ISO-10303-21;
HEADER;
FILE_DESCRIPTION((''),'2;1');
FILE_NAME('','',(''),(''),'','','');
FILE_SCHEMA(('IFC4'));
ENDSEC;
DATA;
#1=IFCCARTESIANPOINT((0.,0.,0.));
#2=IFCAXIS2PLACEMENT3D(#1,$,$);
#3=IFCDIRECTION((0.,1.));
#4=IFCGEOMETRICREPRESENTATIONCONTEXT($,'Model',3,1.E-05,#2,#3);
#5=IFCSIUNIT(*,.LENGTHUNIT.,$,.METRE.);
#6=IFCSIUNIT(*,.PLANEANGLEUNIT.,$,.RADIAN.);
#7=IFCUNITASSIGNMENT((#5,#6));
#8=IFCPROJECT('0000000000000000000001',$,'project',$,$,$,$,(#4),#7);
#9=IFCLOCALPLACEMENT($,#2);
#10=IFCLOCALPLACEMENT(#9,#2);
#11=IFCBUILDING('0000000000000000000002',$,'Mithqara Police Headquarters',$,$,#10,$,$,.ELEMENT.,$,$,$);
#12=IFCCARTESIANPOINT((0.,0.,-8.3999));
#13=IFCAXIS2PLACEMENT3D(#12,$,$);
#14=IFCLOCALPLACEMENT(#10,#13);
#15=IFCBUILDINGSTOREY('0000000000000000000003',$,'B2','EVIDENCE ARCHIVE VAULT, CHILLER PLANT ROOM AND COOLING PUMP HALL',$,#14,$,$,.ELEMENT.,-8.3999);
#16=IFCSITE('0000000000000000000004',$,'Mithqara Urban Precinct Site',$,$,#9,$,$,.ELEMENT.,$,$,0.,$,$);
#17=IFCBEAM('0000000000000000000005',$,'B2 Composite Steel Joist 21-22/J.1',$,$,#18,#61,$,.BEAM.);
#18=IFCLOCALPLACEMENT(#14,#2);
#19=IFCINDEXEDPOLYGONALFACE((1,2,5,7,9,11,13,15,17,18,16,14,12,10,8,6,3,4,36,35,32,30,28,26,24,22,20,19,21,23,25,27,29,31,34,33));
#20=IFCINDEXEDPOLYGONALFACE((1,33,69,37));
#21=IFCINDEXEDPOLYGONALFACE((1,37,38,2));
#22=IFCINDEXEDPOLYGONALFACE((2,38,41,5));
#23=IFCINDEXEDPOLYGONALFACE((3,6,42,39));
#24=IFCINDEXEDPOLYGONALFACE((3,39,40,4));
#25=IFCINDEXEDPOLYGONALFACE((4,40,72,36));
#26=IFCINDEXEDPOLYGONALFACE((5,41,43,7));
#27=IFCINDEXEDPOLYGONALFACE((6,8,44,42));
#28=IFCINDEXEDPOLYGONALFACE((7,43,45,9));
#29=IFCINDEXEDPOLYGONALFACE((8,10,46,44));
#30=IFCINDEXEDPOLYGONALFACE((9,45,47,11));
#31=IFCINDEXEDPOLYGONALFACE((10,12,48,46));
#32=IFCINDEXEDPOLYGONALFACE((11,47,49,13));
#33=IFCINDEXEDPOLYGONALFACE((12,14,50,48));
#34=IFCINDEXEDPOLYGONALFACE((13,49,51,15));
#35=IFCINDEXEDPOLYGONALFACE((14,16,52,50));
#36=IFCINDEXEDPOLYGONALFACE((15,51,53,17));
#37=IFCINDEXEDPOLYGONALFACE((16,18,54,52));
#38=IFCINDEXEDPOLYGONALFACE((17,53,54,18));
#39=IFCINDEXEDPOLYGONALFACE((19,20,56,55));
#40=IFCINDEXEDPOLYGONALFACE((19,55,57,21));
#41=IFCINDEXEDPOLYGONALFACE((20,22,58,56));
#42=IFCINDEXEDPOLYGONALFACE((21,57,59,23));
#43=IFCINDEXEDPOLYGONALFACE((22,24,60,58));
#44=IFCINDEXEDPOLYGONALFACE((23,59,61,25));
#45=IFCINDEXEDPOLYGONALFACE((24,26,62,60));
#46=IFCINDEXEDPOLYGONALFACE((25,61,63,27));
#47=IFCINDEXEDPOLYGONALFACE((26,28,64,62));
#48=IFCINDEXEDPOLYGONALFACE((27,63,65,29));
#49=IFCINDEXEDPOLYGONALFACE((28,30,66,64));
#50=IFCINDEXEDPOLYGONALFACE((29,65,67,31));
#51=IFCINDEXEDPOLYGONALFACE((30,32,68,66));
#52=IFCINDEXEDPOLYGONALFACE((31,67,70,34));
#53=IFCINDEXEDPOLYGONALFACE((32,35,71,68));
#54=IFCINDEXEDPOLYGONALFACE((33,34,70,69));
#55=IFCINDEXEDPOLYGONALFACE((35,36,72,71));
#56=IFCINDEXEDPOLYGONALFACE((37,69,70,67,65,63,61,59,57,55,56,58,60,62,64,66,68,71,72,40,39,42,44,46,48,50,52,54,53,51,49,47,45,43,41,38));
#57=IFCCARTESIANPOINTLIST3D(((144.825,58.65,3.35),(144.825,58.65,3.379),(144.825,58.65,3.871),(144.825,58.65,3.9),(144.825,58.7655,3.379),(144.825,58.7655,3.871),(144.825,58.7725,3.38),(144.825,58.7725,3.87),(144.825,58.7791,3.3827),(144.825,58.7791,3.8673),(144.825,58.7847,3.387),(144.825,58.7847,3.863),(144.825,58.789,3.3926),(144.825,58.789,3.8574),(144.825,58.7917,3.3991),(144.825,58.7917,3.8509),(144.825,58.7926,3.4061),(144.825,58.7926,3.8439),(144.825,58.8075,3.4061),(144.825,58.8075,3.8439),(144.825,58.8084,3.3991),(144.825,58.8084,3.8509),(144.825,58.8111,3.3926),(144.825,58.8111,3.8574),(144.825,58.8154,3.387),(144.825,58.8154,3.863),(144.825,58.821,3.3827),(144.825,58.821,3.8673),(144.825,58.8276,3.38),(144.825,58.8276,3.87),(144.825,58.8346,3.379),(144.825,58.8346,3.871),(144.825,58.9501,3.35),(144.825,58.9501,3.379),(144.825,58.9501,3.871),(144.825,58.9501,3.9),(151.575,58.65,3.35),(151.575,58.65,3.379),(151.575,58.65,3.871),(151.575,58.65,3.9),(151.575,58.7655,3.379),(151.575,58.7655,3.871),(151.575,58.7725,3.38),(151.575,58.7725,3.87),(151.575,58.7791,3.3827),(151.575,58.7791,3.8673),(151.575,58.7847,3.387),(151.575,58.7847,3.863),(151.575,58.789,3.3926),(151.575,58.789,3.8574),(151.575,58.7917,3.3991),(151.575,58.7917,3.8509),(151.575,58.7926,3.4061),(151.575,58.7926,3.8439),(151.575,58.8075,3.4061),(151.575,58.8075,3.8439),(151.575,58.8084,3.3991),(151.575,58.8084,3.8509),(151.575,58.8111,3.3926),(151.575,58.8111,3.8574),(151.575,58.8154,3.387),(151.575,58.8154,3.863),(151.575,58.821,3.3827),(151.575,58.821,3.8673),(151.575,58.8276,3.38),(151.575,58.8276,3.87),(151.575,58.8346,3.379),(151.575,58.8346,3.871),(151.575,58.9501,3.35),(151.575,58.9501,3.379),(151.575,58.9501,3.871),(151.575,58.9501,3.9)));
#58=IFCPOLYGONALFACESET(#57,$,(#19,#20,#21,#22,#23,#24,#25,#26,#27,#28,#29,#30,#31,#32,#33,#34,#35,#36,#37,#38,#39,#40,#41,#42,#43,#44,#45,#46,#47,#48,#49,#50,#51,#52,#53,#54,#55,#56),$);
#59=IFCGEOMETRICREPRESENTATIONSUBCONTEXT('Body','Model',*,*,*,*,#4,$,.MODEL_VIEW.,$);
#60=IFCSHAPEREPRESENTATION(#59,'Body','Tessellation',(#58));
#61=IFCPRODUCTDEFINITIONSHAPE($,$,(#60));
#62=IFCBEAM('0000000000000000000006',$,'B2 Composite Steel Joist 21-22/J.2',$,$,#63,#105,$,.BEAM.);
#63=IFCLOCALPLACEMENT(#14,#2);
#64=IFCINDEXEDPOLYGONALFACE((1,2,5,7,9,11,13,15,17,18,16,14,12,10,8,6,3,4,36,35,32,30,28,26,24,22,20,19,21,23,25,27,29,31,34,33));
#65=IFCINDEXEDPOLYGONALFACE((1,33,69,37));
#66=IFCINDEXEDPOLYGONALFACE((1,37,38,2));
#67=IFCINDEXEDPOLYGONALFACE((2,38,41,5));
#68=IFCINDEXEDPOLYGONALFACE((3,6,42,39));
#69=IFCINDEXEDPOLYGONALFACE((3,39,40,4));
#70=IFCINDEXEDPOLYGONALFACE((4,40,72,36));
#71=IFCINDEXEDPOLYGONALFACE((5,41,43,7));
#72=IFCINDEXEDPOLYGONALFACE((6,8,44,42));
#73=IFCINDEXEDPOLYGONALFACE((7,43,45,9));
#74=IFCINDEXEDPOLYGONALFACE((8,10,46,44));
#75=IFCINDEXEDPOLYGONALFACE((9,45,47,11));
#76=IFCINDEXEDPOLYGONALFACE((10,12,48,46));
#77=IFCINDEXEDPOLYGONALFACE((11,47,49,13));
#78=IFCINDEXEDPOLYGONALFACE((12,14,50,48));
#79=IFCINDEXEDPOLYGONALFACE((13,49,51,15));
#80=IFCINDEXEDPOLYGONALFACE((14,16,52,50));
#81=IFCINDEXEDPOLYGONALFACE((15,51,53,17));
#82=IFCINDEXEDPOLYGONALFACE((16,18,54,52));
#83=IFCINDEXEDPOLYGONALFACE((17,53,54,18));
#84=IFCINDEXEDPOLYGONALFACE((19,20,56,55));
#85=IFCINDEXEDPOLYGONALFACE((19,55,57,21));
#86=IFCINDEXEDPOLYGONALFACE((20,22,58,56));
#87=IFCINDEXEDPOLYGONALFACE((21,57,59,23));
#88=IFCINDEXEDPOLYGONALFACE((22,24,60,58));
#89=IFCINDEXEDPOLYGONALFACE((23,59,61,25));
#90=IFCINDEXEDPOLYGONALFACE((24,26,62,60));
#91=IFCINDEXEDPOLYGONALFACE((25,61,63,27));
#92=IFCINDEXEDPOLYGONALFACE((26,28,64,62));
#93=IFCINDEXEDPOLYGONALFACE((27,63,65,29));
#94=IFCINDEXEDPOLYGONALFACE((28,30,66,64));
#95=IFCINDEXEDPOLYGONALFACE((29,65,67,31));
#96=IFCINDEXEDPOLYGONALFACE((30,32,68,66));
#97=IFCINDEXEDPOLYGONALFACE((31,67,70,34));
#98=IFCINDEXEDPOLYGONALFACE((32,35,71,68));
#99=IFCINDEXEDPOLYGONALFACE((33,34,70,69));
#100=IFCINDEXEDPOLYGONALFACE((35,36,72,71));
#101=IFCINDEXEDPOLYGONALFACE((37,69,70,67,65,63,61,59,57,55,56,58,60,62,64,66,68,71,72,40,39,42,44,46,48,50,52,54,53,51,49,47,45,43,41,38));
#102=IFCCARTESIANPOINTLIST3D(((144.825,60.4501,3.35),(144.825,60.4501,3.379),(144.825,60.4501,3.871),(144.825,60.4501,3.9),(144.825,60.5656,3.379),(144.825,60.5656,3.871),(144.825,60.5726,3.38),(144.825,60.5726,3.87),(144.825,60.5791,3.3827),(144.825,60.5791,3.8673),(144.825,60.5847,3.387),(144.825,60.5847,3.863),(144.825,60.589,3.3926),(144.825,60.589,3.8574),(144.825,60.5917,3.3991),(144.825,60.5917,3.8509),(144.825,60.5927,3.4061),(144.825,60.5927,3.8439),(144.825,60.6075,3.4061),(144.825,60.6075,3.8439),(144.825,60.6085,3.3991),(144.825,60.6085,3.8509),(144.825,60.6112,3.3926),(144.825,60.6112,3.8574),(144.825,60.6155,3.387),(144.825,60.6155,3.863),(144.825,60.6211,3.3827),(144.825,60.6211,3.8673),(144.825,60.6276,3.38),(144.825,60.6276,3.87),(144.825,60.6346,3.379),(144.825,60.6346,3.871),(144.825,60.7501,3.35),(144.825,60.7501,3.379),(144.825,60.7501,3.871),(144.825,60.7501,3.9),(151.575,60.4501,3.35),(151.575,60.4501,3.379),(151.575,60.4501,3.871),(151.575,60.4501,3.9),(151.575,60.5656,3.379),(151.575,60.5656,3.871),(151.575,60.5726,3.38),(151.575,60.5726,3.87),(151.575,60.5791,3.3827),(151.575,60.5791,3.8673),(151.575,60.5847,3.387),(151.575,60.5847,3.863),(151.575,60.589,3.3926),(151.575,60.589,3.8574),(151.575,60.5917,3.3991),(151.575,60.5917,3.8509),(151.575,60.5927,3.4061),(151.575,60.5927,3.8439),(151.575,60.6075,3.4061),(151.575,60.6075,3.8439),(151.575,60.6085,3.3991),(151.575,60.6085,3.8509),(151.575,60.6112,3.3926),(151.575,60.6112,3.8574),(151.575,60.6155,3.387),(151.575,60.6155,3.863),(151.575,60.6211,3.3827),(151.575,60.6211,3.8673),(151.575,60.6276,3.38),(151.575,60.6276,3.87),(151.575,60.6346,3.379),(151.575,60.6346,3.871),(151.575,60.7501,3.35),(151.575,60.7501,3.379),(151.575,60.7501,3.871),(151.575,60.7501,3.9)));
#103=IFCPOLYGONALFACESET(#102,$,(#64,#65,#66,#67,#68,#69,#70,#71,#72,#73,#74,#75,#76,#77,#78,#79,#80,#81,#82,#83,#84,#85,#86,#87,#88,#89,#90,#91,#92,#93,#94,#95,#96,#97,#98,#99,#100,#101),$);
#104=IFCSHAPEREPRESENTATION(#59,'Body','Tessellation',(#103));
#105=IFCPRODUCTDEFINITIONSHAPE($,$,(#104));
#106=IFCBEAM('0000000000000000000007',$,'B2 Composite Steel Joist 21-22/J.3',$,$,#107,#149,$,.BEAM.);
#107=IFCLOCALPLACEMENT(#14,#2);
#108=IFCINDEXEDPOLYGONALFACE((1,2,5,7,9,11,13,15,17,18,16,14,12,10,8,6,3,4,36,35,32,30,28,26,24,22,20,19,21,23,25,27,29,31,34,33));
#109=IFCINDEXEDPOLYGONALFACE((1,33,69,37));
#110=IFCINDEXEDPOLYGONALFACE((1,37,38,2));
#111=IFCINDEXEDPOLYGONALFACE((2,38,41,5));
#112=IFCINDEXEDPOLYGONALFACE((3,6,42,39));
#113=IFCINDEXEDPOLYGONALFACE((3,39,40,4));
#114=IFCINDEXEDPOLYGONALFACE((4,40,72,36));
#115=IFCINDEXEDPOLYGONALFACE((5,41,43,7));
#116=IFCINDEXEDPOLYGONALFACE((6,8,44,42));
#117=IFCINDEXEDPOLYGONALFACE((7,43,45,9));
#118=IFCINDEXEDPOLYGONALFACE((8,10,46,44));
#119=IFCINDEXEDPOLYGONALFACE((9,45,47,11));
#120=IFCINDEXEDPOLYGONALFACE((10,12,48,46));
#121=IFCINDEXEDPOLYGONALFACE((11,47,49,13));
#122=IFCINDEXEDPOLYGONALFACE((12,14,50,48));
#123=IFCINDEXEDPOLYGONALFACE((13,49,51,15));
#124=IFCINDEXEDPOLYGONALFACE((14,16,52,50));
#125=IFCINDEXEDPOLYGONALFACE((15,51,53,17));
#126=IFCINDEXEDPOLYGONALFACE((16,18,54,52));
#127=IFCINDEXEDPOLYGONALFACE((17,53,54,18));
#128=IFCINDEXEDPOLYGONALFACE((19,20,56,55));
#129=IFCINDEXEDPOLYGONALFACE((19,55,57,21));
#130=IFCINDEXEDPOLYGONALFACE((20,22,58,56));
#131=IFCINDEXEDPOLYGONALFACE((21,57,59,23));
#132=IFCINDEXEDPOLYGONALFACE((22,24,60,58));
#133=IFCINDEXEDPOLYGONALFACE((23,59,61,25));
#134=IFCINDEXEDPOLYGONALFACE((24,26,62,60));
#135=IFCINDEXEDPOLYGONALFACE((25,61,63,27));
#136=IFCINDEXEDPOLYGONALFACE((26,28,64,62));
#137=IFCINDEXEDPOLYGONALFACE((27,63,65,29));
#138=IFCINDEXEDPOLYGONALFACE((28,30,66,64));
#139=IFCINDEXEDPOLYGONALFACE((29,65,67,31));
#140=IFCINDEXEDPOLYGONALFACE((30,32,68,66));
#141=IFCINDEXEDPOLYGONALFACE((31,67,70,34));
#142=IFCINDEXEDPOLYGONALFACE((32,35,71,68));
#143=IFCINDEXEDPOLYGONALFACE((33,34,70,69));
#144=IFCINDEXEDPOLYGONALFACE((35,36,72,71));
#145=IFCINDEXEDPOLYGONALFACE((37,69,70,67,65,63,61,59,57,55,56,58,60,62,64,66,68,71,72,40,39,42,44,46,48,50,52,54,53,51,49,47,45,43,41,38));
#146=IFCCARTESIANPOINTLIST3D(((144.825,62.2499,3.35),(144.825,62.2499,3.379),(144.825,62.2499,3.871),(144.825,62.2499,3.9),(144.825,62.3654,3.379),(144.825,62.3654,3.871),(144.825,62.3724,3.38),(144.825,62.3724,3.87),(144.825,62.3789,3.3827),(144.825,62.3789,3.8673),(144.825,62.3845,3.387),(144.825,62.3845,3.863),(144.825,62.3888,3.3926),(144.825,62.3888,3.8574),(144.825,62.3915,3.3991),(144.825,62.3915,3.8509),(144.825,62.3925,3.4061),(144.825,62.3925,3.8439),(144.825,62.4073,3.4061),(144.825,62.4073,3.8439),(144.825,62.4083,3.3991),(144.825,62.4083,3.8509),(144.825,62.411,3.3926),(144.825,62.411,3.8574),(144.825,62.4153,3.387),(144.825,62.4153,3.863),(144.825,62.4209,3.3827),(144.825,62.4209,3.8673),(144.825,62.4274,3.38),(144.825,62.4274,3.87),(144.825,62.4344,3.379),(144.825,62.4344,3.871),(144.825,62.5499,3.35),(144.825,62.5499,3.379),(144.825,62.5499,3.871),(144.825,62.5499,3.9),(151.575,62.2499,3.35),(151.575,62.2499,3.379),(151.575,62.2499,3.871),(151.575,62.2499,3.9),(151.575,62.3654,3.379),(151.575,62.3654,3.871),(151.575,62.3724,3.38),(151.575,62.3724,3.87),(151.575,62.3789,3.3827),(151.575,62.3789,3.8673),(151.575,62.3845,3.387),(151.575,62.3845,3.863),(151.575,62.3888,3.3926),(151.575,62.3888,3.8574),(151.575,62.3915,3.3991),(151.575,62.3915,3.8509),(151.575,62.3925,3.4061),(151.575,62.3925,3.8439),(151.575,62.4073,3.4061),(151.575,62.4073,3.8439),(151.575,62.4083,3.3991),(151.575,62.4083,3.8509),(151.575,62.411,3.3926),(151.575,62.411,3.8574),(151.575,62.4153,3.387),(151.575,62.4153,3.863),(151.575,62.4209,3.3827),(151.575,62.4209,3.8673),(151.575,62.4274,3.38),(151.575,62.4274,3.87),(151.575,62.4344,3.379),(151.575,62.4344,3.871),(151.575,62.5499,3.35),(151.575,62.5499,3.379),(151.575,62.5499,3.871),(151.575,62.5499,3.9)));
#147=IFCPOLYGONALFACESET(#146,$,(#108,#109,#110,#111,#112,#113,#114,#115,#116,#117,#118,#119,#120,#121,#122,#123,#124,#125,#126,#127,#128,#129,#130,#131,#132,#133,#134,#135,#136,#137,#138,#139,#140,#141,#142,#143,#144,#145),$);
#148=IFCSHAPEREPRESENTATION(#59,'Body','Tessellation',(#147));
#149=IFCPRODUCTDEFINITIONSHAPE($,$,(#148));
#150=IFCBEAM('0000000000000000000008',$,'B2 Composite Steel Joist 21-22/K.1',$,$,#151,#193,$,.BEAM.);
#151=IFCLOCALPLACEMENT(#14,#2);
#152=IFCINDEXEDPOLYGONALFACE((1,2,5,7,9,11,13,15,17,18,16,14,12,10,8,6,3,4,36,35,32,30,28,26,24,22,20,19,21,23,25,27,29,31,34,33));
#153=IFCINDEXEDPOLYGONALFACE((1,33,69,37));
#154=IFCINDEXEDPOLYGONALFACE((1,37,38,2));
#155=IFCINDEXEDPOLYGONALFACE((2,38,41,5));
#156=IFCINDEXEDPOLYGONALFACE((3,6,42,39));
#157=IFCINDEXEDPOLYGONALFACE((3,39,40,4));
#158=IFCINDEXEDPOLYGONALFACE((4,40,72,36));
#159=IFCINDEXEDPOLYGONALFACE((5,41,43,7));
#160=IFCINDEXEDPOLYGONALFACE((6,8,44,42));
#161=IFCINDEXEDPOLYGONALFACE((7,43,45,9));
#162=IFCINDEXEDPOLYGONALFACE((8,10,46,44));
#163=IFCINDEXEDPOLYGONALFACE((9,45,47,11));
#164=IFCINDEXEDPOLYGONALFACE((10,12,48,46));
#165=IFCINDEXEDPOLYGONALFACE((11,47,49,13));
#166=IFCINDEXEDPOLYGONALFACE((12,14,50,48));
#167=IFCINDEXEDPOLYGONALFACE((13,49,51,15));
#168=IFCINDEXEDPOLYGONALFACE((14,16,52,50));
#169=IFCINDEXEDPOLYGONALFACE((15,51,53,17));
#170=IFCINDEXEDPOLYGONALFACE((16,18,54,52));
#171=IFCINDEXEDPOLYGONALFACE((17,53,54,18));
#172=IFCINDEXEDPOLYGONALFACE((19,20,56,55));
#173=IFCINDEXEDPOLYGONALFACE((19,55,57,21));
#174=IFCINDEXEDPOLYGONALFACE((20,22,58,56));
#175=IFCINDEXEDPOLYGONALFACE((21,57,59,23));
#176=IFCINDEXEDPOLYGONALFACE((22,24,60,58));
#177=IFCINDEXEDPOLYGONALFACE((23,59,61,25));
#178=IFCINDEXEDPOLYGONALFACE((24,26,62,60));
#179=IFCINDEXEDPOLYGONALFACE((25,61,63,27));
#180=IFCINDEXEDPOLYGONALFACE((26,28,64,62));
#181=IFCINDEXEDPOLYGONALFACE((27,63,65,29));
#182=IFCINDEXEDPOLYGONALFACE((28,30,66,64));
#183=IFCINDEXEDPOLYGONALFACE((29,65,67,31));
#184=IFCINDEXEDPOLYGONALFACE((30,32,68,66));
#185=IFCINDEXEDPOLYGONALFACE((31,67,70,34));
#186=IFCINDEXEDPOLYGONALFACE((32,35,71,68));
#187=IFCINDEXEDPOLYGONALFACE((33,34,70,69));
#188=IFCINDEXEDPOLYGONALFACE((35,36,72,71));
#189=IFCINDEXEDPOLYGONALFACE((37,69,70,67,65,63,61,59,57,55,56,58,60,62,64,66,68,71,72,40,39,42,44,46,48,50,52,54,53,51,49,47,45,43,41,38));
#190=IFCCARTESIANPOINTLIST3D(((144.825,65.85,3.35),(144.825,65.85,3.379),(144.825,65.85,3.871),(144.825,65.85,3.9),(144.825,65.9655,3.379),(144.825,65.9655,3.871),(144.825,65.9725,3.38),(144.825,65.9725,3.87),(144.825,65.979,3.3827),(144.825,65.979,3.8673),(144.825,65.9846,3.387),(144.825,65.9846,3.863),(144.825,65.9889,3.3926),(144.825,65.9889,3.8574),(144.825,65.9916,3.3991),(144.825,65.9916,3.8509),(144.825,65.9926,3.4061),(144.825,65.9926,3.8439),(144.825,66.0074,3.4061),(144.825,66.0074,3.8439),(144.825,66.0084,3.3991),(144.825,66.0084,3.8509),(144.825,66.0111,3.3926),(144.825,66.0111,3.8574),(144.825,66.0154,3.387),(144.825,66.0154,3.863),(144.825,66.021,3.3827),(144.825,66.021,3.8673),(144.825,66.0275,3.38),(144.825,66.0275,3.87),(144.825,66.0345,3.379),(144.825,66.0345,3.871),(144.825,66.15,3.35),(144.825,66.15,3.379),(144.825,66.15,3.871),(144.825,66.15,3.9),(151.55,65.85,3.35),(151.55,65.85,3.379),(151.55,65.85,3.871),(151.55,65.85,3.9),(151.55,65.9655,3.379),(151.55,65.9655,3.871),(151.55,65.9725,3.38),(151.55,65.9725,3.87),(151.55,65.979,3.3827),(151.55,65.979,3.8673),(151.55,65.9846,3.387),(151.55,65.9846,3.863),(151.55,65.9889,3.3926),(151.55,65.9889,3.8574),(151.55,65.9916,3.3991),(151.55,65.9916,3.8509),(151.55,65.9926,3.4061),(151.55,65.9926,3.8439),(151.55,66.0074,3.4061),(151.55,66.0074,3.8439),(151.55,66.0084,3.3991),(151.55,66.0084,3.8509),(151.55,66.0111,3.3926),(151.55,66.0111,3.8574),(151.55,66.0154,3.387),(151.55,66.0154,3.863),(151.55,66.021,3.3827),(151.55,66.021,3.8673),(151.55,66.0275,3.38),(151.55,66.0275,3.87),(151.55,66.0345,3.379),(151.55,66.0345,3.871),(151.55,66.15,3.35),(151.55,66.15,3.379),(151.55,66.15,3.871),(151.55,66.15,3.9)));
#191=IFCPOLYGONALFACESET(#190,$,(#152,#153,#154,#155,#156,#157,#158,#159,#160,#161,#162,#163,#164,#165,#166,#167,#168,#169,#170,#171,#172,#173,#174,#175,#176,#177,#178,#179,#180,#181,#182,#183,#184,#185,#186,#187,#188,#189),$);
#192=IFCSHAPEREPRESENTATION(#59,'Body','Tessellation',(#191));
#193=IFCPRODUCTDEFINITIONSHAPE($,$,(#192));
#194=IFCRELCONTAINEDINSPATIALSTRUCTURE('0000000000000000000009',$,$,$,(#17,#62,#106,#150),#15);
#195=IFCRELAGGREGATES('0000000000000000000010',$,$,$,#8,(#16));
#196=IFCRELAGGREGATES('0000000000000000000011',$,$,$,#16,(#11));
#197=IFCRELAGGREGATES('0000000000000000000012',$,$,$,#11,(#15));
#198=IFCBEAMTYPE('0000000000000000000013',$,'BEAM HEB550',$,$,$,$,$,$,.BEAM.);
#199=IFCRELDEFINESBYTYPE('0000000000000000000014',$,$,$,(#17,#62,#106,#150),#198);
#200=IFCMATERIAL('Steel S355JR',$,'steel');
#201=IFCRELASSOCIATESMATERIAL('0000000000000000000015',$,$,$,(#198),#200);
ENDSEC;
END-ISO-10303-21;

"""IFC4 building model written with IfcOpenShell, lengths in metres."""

from ifc_helpers import new_model, si_unit, direction, frame, origin, origin_2d, place, context, subcontext, project, spatial, i_section, extrude, material, material_profile, profile_set, type_object, element, save


model = new_model("IFC4")

# Units and contexts
model_context = context("Model", 3, precision=1e-05, world=origin(), true_north=direction((0.0, 1.0)))
body_context = subcontext(model_context, "Body", "Model", "MODEL_VIEW")
ifc_project = project(units=[si_unit("LENGTHUNIT", "METRE"), si_unit("PLANEANGLEUNIT", "RADIAN")], contexts=[model_context])

# Site, building, storey
site_placement = place(None, origin())
site = spatial("IfcSite", under=ifc_project, at=site_placement, Name="Mithqara Urban Precinct Site", CompositionType="ELEMENT", RefElevation=0.0)
building_placement = place(site_placement, origin())
building = spatial("IfcBuilding", under=site, at=building_placement, Name="Mithqara Police Headquarters", CompositionType="ELEMENT")
storey_placement = place(building_placement, frame((0.0, 0.0, -8.3999)))
storey = spatial("IfcBuildingStorey", under=building, at=storey_placement, Name="B2", Description="EVIDENCE ARCHIVE VAULT, CHILLER PLANT ROOM AND COOLING PUMP HALL", CompositionType="ELEMENT", Elevation=-8.3999)

# Beams
ifc_material_1 = material(Name="Steel S355JR", Category="steel")
ifc_material_profile_1 = material_profile(ifc_material_1, i_section(OverallWidth=0.3, OverallDepth=0.55, WebThickness=0.0149, FlangeThickness=0.0291, FilletRadius=0.0271, at=origin_2d()), Name="HEB 550")
ifc_profile_set_1 = profile_set([ifc_material_profile_1], Name="Steel S355JR")
beam_type_1 = type_object("IfcBeamType", Name="BEAM HEB550", PredefinedType="BEAM", material=ifc_profile_set_1)
for number, where, z_axis, x_axis, name in (
    (1, (144.825, 58.8, 3.625), (1.0, 0.0, 0.0), (0.0, 1.0, 0.0), "B2 Composite Steel Joist 21-22/J.1"),
    (2, (144.825, 60.6001, 3.625), (1.0, 0.0, 0.0), (0.0, 1.0, 0.0), "B2 Composite Steel Joist 21-22/J.2"),
    (3, (144.825, 62.3999, 3.625), (1.0, 0.0, 0.0), (0.0, 1.0, 0.0), "B2 Composite Steel Joist 21-22/J.3"),
):
    element("IfcBeam", number, at=place(storey_placement, frame(where, z_axis=z_axis, x_axis=x_axis)), inside=storey, type_object=beam_type_1, Name=name, PredefinedType="BEAM", context=body_context, shape_type="SweptSolid", body=[
        extrude(i_section(OverallWidth=0.3, OverallDepth=0.55, WebThickness=0.0149, FlangeThickness=0.0291, FilletRadius=0.0271, at=origin_2d()), origin(), (0.0, 0.0, 1.0), 6.75),
    ])
for number, where, z_axis, x_axis, name in (
    (4, (144.825, 66.0, 3.625), (1.0, 0.0, 0.0), (0.0, 1.0, 0.0), "B2 Composite Steel Joist 21-22/K.1"),
):
    element("IfcBeam", number, at=place(storey_placement, frame(where, z_axis=z_axis, x_axis=x_axis)), inside=storey, type_object=beam_type_1, Name=name, PredefinedType="BEAM", context=body_context, shape_type="SweptSolid", body=[
        extrude(i_section(OverallWidth=0.3, OverallDepth=0.55, WebThickness=0.0149, FlangeThickness=0.0291, FilletRadius=0.0271, at=origin_2d()), origin(), (0.0, 0.0, 1.0), 6.7251),
    ])

save(model, "model.ifc")
